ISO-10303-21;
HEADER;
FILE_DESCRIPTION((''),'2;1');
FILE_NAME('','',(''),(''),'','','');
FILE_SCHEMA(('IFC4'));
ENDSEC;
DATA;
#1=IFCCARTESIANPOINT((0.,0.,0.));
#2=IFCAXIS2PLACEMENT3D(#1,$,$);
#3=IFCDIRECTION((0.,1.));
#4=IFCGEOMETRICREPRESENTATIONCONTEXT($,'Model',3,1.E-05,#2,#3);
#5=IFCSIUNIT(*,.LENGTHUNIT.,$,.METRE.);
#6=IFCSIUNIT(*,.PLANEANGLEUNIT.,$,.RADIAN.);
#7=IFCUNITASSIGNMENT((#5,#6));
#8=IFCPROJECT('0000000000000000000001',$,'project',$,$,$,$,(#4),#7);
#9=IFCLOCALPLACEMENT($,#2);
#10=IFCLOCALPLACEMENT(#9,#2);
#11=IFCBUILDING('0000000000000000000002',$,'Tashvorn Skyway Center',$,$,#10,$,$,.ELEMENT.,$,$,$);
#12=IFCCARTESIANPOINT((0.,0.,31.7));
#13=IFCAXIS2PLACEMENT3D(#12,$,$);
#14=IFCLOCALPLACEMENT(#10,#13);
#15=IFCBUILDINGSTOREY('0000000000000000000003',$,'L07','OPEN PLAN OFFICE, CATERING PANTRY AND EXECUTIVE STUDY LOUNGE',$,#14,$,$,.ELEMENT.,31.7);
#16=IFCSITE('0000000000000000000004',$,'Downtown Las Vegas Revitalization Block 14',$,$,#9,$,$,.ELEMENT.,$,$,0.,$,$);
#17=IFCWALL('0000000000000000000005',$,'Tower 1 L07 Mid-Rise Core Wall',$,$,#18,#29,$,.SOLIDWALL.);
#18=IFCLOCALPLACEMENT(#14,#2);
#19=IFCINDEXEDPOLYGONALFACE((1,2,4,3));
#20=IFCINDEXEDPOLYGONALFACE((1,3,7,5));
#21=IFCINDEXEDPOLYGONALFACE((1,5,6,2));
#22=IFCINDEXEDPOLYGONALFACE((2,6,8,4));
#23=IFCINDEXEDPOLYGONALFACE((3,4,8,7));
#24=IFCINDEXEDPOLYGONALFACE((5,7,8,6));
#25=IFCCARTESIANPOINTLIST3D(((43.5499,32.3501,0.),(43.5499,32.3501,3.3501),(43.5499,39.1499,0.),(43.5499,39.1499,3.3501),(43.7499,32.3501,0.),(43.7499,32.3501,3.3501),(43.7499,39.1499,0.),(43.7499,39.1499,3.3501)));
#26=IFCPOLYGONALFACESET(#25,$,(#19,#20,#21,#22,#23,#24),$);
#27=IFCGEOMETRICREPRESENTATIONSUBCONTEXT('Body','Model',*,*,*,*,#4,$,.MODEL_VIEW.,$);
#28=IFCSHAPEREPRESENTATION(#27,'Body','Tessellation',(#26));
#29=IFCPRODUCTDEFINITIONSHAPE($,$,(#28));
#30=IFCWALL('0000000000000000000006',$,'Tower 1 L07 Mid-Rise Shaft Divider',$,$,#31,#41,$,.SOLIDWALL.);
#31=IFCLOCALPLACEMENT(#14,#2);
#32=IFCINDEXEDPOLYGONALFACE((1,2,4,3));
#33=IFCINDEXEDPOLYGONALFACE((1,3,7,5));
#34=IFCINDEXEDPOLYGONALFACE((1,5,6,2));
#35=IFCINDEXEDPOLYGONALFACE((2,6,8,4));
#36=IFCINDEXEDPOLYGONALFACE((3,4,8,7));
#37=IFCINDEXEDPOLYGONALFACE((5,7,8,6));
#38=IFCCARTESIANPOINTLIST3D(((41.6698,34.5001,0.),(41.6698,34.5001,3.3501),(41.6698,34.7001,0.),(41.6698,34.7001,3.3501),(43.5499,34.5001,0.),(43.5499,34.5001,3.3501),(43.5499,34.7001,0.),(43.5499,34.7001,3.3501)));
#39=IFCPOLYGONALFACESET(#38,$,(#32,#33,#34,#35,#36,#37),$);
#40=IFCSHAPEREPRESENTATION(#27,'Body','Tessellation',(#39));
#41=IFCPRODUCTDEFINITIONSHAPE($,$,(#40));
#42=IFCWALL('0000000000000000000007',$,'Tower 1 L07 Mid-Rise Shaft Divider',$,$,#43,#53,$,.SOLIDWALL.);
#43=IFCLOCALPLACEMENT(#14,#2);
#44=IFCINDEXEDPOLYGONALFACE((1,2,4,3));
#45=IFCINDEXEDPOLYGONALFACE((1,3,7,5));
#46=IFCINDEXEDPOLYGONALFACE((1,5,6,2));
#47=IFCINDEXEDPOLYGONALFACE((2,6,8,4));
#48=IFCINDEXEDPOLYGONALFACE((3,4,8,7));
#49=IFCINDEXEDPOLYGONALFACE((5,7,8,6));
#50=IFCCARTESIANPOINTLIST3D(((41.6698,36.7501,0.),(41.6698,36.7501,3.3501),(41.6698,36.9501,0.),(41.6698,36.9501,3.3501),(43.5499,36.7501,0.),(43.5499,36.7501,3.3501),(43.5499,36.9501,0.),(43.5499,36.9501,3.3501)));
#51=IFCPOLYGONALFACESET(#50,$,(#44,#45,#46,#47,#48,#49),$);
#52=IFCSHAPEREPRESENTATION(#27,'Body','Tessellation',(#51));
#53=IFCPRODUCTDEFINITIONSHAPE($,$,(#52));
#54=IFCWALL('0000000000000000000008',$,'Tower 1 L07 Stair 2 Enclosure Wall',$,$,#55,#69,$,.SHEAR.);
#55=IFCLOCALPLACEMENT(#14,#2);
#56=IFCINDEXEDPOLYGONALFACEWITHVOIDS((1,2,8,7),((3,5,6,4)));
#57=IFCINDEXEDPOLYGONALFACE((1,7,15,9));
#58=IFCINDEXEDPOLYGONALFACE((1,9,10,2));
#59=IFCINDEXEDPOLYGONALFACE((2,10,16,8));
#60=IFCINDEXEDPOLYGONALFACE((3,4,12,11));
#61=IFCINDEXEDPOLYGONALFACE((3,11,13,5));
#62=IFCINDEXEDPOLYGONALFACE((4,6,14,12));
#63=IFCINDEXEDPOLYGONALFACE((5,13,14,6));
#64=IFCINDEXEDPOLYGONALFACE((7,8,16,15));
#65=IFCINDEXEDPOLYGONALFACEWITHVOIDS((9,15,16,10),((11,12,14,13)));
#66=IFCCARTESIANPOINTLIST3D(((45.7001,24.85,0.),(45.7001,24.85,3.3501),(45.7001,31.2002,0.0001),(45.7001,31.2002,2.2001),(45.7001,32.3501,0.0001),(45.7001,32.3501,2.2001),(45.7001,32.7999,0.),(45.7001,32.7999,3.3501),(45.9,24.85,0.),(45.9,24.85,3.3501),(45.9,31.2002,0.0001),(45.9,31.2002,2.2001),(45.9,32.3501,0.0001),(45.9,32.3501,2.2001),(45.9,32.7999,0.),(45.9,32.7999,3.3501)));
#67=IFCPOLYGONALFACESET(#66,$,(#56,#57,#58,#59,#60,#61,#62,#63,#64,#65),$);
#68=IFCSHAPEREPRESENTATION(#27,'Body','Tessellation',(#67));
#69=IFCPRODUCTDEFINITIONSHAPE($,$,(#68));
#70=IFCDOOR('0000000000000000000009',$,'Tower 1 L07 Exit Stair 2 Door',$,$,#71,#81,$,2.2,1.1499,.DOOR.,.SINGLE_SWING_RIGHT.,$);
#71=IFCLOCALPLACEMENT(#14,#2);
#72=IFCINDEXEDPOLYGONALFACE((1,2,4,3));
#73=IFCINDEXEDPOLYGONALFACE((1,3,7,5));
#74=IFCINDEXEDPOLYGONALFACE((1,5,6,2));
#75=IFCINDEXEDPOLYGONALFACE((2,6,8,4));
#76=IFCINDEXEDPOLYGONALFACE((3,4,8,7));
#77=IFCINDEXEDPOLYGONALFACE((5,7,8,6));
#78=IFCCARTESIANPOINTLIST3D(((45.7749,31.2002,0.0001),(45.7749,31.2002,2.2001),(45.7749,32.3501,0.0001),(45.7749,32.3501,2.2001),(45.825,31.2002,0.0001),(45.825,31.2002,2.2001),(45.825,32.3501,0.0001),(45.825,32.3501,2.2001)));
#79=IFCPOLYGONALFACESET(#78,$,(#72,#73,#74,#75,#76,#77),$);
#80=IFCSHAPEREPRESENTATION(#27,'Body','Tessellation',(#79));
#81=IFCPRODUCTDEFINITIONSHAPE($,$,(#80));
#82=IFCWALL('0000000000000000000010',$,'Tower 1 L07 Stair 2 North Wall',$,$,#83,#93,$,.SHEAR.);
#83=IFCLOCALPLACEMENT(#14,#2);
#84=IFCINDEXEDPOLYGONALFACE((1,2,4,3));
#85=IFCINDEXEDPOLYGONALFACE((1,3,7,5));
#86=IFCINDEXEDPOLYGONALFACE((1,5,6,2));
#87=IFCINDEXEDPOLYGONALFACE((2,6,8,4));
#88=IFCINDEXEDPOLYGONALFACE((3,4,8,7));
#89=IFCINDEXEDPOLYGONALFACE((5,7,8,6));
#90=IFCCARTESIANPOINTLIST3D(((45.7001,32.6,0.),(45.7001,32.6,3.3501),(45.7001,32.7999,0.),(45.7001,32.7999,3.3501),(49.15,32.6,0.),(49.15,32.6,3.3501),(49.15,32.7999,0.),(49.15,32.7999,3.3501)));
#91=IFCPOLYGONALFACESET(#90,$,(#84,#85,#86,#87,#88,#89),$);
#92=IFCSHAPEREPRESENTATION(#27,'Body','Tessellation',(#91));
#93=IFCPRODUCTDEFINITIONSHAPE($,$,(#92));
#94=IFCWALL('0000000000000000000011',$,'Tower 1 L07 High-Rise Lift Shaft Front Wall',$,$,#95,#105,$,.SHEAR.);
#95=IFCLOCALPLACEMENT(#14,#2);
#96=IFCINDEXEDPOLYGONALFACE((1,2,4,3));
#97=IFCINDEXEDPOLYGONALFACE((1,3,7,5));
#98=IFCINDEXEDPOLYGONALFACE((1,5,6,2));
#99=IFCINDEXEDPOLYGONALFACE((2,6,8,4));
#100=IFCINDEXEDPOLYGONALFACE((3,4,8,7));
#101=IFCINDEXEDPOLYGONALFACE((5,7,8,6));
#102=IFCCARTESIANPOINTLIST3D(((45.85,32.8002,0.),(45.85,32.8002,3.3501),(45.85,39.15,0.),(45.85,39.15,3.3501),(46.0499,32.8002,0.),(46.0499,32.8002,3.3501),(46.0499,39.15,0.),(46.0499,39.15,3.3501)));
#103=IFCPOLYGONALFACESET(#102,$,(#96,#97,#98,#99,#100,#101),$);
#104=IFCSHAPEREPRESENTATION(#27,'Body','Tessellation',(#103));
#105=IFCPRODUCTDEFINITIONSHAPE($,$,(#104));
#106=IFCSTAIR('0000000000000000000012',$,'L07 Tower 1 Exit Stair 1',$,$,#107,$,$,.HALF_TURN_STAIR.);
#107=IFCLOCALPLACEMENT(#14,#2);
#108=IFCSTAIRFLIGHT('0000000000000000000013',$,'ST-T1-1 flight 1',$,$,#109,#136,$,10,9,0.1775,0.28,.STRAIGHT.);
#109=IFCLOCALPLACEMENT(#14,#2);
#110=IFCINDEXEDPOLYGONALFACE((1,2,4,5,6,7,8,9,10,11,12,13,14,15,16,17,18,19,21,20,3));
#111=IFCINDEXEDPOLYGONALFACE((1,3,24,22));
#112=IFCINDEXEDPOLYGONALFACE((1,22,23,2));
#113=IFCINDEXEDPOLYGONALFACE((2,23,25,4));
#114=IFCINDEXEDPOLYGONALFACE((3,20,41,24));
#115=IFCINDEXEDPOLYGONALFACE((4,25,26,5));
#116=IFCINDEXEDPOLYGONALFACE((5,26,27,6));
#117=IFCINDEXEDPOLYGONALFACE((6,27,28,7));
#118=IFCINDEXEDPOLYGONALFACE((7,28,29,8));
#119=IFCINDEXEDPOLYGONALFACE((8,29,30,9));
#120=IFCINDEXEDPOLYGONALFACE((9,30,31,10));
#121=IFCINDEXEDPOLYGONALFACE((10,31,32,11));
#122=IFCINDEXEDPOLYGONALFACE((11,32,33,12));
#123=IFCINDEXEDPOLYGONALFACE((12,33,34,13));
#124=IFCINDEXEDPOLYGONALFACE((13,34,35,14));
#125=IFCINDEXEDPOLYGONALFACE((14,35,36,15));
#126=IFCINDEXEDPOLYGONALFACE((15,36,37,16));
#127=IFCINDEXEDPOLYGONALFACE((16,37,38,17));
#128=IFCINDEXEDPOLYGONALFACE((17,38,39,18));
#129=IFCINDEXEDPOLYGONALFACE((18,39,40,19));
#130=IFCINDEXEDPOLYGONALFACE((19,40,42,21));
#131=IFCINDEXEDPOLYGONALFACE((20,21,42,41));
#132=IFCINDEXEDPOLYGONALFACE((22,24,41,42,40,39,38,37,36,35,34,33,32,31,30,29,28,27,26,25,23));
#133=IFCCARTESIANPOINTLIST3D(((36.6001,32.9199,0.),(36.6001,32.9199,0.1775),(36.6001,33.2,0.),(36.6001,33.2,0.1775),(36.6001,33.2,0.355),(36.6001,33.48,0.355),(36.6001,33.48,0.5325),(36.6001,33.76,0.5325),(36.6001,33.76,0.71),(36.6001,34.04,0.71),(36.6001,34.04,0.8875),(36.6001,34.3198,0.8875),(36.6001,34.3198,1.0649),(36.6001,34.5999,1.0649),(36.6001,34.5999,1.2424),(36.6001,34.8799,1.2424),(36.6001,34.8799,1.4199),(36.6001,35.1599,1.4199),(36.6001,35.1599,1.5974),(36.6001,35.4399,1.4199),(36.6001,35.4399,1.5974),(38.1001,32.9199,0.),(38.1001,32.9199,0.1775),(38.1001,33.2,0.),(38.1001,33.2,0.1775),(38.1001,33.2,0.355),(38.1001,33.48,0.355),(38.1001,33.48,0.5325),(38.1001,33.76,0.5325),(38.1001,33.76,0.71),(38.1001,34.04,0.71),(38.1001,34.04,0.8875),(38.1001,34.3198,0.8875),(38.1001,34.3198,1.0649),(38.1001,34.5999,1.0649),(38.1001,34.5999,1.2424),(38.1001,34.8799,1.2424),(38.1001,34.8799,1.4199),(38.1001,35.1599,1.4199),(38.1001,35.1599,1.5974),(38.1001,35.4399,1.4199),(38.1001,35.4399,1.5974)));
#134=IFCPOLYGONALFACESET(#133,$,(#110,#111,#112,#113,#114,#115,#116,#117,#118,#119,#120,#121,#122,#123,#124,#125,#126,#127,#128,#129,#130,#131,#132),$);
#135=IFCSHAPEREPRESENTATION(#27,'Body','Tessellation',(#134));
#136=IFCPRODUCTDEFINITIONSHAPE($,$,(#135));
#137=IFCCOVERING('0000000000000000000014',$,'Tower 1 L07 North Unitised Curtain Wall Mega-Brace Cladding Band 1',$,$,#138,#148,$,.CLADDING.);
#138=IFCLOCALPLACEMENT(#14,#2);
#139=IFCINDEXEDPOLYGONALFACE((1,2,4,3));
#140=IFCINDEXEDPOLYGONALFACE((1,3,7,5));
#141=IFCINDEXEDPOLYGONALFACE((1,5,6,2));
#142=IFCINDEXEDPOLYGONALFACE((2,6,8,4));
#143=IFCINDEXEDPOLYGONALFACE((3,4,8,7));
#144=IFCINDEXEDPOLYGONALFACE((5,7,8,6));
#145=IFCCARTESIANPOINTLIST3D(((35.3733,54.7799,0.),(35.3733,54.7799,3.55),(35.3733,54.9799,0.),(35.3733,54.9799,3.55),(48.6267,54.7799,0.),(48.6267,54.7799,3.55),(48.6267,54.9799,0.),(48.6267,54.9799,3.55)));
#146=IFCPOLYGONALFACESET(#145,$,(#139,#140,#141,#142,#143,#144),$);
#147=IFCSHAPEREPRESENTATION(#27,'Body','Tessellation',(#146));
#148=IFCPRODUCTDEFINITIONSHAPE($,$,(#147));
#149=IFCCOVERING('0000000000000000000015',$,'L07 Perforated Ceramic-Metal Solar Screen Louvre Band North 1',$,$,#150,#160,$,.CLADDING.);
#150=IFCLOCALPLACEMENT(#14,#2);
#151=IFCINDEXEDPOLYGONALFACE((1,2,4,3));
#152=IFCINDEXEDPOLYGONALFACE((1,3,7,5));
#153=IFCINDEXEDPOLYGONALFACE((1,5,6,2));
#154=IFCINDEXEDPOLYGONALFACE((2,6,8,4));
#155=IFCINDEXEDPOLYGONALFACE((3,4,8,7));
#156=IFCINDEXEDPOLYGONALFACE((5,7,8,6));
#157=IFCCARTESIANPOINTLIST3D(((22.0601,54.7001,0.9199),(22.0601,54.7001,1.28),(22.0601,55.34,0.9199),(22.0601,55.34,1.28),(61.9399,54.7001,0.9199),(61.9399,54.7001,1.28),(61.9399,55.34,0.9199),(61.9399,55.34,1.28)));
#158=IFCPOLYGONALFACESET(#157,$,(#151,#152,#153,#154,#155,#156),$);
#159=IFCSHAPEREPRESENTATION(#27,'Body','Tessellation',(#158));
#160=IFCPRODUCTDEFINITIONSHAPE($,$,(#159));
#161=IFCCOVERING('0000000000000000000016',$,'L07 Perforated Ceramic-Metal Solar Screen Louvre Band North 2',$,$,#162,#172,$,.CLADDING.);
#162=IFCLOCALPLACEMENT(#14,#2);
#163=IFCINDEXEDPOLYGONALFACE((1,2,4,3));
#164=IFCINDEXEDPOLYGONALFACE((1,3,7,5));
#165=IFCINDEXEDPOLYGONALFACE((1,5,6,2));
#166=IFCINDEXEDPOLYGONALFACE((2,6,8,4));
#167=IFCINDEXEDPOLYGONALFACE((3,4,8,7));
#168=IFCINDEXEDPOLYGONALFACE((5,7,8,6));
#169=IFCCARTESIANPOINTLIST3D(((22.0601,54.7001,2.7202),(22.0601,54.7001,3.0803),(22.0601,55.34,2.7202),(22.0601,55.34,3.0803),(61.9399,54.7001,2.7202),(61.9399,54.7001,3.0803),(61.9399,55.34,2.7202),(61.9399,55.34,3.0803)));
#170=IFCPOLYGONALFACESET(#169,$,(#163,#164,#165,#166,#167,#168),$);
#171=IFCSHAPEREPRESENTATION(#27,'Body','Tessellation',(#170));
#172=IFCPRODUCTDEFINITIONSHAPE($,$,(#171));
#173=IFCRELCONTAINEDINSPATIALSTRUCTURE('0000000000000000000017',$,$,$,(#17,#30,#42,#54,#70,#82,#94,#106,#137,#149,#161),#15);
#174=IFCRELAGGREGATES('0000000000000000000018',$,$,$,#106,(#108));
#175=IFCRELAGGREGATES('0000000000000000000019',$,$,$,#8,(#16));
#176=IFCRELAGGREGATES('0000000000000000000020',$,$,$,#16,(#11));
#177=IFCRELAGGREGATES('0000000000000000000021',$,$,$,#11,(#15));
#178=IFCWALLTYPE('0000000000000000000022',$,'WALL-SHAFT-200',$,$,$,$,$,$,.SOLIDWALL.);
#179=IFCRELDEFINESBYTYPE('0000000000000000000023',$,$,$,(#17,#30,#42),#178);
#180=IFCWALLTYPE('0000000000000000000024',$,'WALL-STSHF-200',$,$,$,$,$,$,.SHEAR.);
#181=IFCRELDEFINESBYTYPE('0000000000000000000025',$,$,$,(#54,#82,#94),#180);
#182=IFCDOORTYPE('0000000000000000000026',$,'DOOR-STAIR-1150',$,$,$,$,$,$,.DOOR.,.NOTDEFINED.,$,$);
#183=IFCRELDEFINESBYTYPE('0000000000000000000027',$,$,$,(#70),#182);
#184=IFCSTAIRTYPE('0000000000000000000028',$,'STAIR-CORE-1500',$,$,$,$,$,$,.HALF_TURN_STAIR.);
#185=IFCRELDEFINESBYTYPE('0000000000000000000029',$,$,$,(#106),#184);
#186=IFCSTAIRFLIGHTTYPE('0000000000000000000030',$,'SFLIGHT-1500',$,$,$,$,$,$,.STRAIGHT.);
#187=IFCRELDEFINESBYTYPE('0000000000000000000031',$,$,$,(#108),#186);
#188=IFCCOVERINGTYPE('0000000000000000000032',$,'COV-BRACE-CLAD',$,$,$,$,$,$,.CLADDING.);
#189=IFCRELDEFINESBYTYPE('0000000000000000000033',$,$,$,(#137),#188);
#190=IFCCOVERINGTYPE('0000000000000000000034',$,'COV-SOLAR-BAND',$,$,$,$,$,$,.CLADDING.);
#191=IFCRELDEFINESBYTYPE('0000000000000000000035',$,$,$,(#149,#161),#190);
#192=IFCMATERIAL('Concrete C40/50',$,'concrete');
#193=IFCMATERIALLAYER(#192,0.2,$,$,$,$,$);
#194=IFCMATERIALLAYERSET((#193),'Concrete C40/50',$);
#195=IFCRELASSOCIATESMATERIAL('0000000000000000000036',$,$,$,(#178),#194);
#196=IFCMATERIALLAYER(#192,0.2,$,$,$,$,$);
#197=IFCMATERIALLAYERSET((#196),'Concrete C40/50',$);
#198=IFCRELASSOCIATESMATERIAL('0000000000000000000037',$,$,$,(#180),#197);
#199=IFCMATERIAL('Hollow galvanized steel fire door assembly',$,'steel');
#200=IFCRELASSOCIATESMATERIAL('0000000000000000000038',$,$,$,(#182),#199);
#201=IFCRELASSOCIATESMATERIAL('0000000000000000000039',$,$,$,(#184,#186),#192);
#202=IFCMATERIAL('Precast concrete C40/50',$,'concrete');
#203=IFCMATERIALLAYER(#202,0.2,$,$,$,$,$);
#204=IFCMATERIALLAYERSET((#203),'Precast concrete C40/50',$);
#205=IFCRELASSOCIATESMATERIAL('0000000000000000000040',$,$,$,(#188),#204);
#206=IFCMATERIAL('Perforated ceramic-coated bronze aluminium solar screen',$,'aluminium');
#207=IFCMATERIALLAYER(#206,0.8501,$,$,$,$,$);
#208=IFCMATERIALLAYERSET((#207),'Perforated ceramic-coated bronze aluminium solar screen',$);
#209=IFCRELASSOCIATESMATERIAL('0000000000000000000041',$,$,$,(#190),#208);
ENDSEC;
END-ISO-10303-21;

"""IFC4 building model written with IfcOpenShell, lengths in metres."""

from ifc_helpers import new_model, si_unit, direction, frame, frame_2d, origin, origin_2d, place, context, subcontext, project, spatial, polyline, rectangle, outline, extrude, material, layer, layer_set, type_object, element, fill, aggregate, save


model = new_model("IFC4")

# Units and contexts
model_context = context("Model", 3, precision=1e-05, world=origin(), true_north=direction((0.0, 1.0)))
body_context = subcontext(model_context, "Body", "Model", "MODEL_VIEW")
ifc_project = project(units=[si_unit("LENGTHUNIT", "METRE"), si_unit("PLANEANGLEUNIT", "RADIAN")], contexts=[model_context])

# Site, building, storey
site_placement = place(None, origin())
site = spatial("IfcSite", under=ifc_project, at=site_placement, Name="Downtown Las Vegas Revitalization Block 14", CompositionType="ELEMENT", RefElevation=0.0)
building_placement = place(site_placement, origin())
building = spatial("IfcBuilding", under=site, at=building_placement, Name="Tashvorn Skyway Center", CompositionType="ELEMENT")
storey_placement = place(building_placement, frame((0.0, 0.0, 31.7)))
storey = spatial("IfcBuildingStorey", under=building, at=storey_placement, Name="L07", Description="OPEN PLAN OFFICE, CATERING PANTRY AND EXECUTIVE STUDY LOUNGE", CompositionType="ELEMENT", Elevation=31.7)

# Shared definitions
ifc_material_1 = material(Name="Concrete C40/50", Category="concrete")
ifc_material_2 = material(Name="Hollow galvanized steel fire door assembly", Category="steel")

# Walls
ifc_layer_1 = layer(ifc_material_1, 0.2)
ifc_layer_set_1 = layer_set([ifc_layer_1], Name="Concrete C40/50")
wall_type_1 = type_object("IfcWallType", Name="WALL-SHAFT-200", PredefinedType="SOLIDWALL", material=ifc_layer_set_1)
wall_1_placement = place(storey_placement, frame((43.6499, 32.3501, 0.0), z_axis=(0.0, 0.0, 1.0), x_axis=(0.0, 1.0, 0.0)))
element("IfcWall", 1, at=wall_1_placement, inside=storey, type_object=wall_type_1, Name="Tower 1 L07 Mid-Rise Core Wall", PredefinedType="SOLIDWALL", context=body_context, shape_type="SweptSolid", body=[
    extrude(rectangle(XDim=6.7998, YDim=0.2, at=frame_2d((3.3999, 0.0))), origin(), (0.0, 0.0, 1.0), 3.3501),
])
for number, where, z_axis, x_axis, name in (
    (2, (41.6699, 34.6001, 0.0), (0.0, 0.0, 1.0), (1.0, 0.0, 0.0), "Tower 1 L07 Mid-Rise Shaft Divider"),
    (3, (41.6699, 36.8501, 0.0), (0.0, 0.0, 1.0), (1.0, 0.0, 0.0), "Tower 1 L07 Mid-Rise Shaft Divider"),
):
    element("IfcWall", number, at=place(storey_placement, frame(where, z_axis=z_axis, x_axis=x_axis)), inside=storey, type_object=wall_type_1, Name=name, PredefinedType="SOLIDWALL", context=body_context, shape_type="SweptSolid", body=[
        extrude(rectangle(XDim=1.8801, YDim=0.2, at=frame_2d((0.9399, 0.0))), origin(), (0.0, 0.0, 1.0), 3.3501),
    ])

# Wall, opening, door
ifc_layer_2 = layer(ifc_material_1, 0.2)
ifc_layer_set_2 = layer_set([ifc_layer_2], Name="Concrete C40/50")
wall_type_2 = type_object("IfcWallType", Name="WALL-STSHF-200", PredefinedType="SHEAR", material=ifc_layer_set_2)
wall_2_placement = place(storey_placement, frame((45.8, 32.8, 0.0), z_axis=(0.0, 0.0, 1.0), x_axis=(0.0, -1.0, 0.0)))
wall_2 = element("IfcWall", 4, at=wall_2_placement, inside=storey, type_object=wall_type_2, Name="Tower 1 L07 Stair 2 Enclosure Wall", PredefinedType="SHEAR", context=body_context, shape_type="SweptSolid", body=[
    extrude(rectangle(XDim=7.95, YDim=0.2, at=frame_2d((3.9751, 0.0))), origin(), (0.0, 0.0, 1.0), 3.3501),
])
opening_1_placement = place(wall_2_placement, frame((0.45, 0.0, 0.0)))
opening_1 = element("IfcOpeningElement", 5, at=opening_1_placement, cuts=wall_2, PredefinedType="OPENING", context=body_context, shape_type="SweptSolid", body=[
    extrude(rectangle(XDim=1.1499, YDim=2.2, at=frame_2d((0.575, 1.1001))), frame((0.0, 0.1099, 0.0), z_axis=(0.0, -1.0, 0.0), x_axis=(1.0, 0.0, 0.0)), (0.0, 0.0, 1.0), 0.22),
])
door_type_1 = type_object("IfcDoorType", Name="DOOR-STAIR-1150", OperationType="NOTDEFINED", PredefinedType="DOOR", material=ifc_material_2)
door_1_placement = place(opening_1_placement, origin())
door_1 = element("IfcDoor", 6, at=door_1_placement, inside=storey, type_object=door_type_1, Name="Tower 1 L07 Exit Stair 2 Door", OperationType="SINGLE_SWING_RIGHT", OverallHeight=2.2, OverallWidth=1.1499, PredefinedType="DOOR", context=body_context, shape_type="SweptSolid", body=[
    extrude(rectangle(XDim=1.1499, YDim=2.2, at=frame_2d((0.575, 1.1001))), frame((0.0, 0.0249, 0.0), z_axis=(0.0, -1.0, 0.0), x_axis=(1.0, 0.0, 0.0)), (0.0, 0.0, 1.0), 0.05),
])
fill(opening_1, door_1)

# Walls
wall_3_placement = place(storey_placement, frame((45.7, 32.7, 0.0), z_axis=(0.0, 0.0, 1.0), x_axis=(1.0, 0.0, 0.0)))
element("IfcWall", 7, at=wall_3_placement, inside=storey, type_object=wall_type_2, Name="Tower 1 L07 Stair 2 North Wall", PredefinedType="SHEAR", context=body_context, shape_type="SweptSolid", body=[
    extrude(rectangle(XDim=3.45, YDim=0.2, at=frame_2d((1.7251, 0.0))), origin(), (0.0, 0.0, 1.0), 3.3501),
])
wall_4_placement = place(storey_placement, frame((45.95, 39.1499, 0.0), z_axis=(0.0, 0.0, 1.0), x_axis=(0.0, -1.0, 0.0)))
element("IfcWall", 8, at=wall_4_placement, inside=storey, type_object=wall_type_2, Name="Tower 1 L07 High-Rise Lift Shaft Front Wall", PredefinedType="SHEAR", context=body_context, shape_type="SweptSolid", body=[
    extrude(rectangle(XDim=6.3499, YDim=0.2, at=frame_2d((3.1748, 0.0))), origin(), (0.0, 0.0, 1.0), 3.3501),
])

# Stair, stair flight
stair_type = type_object("IfcStairType", Name="STAIR-CORE-1500", PredefinedType="HALF_TURN_STAIR", material=ifc_material_1)
stair_placement = place(storey_placement, origin())
stair = element("IfcStair", 9, at=stair_placement, inside=storey, type_object=stair_type, Name="L07 Tower 1 Exit Stair 1", PredefinedType="HALF_TURN_STAIR")
stair_flight_type = type_object("IfcStairFlightType", Name="SFLIGHT-1500", PredefinedType="STRAIGHT", material=ifc_material_1)
stair_flight_placement = place(storey_placement, frame((37.3501, 32.9199, 0.0), z_axis=(0.0, 0.0, 1.0), x_axis=(0.0, 1.0, 0.0)))
stair_flight = element("IfcStairFlight", 10, at=stair_flight_placement, type_object=stair_flight_type, Name="ST-T1-1 flight 1", NumberOfRisers=10, NumberOfTreads=9, PredefinedType="STRAIGHT", RiserHeight=0.1775, TreadLength=0.28, context=body_context, shape_type="SweptSolid", body=[
    extrude(outline(polyline([(0.0, 0.0), (0.0, 0.1775), (0.28, 0.1775), (0.28, 0.355), (0.5601, 0.355), (0.5601, 0.5325), (0.8401, 0.5325), (0.8401, 0.71), (1.1201, 0.71), (1.1201, 0.8875), (1.3999, 0.8875), (1.3999, 1.0649), (1.6799, 1.0649), (1.6799, 1.2424), (1.96, 1.2424), (1.96, 1.4199), (2.24, 1.4199), (2.24, 1.5974), (2.52, 1.5974), (2.52, 1.7749), (2.52, 1.4199), (0.28, 0.0), (0.0, 0.0)])), frame((0.0, 0.75, 0.0), z_axis=(0.0, -1.0, 0.0), x_axis=(1.0, 0.0, 0.0)), (0.0, 0.0, 1.0), 1.5),
])
aggregate(stair, [stair_flight])

# Coverings
ifc_material_3 = material(Name="Precast concrete C40/50", Category="concrete")
ifc_layer_3 = layer(ifc_material_3, 0.2)
ifc_layer_set_3 = layer_set([ifc_layer_3], Name="Precast concrete C40/50")
covering_type_1 = type_object("IfcCoveringType", Name="COV-BRACE-CLAD", PredefinedType="CLADDING", material=ifc_layer_set_3)
covering_placement = place(storey_placement, frame((42.0, 54.8799, 0.0), z_axis=(0.0, 0.0, 1.0), x_axis=(1.0, 0.0, 0.0)))
element("IfcCovering", 11, at=covering_placement, inside=storey, type_object=covering_type_1, Name="Tower 1 L07 North Unitised Curtain Wall Mega-Brace Cladding Band 1", PredefinedType="CLADDING", context=body_context, shape_type="SweptSolid", body=[
    extrude(rectangle(XDim=13.2534, YDim=0.2, at=origin_2d()), origin(), (0.0, 0.0, 1.0), 3.55),
])
ifc_material_4 = material(Name="Perforated ceramic-coated bronze aluminium solar screen", Category="aluminium")
ifc_layer_4 = layer(ifc_material_4, 0.8501)
ifc_layer_set_4 = layer_set([ifc_layer_4], Name="Perforated ceramic-coated bronze aluminium solar screen")
covering_type_2 = type_object("IfcCoveringType", Name="COV-SOLAR-BAND", PredefinedType="CLADDING", material=ifc_layer_set_4)
for number, where, z_axis, x_axis, name in (
    (12, (42.0, 55.02, 0.9199), (0.0, 0.0, 1.0), (1.0, 0.0, 0.0), "L07 Perforated Ceramic-Metal Solar Screen Louvre Band North 1"),
    (13, (42.0, 55.02, 2.7202), (0.0, 0.0, 1.0), (1.0, 0.0, 0.0), "L07 Perforated Ceramic-Metal Solar Screen Louvre Band North 2"),
):
    element("IfcCovering", number, at=place(storey_placement, frame(where, z_axis=z_axis, x_axis=x_axis)), inside=storey, type_object=covering_type_2, Name=name, PredefinedType="CLADDING", context=body_context, shape_type="SweptSolid", body=[
        extrude(rectangle(XDim=39.8799, YDim=0.6399, at=origin_2d()), origin(), (0.0, 0.0, 1.0), 0.3601),
    ])

save(model, "model.ifc")
